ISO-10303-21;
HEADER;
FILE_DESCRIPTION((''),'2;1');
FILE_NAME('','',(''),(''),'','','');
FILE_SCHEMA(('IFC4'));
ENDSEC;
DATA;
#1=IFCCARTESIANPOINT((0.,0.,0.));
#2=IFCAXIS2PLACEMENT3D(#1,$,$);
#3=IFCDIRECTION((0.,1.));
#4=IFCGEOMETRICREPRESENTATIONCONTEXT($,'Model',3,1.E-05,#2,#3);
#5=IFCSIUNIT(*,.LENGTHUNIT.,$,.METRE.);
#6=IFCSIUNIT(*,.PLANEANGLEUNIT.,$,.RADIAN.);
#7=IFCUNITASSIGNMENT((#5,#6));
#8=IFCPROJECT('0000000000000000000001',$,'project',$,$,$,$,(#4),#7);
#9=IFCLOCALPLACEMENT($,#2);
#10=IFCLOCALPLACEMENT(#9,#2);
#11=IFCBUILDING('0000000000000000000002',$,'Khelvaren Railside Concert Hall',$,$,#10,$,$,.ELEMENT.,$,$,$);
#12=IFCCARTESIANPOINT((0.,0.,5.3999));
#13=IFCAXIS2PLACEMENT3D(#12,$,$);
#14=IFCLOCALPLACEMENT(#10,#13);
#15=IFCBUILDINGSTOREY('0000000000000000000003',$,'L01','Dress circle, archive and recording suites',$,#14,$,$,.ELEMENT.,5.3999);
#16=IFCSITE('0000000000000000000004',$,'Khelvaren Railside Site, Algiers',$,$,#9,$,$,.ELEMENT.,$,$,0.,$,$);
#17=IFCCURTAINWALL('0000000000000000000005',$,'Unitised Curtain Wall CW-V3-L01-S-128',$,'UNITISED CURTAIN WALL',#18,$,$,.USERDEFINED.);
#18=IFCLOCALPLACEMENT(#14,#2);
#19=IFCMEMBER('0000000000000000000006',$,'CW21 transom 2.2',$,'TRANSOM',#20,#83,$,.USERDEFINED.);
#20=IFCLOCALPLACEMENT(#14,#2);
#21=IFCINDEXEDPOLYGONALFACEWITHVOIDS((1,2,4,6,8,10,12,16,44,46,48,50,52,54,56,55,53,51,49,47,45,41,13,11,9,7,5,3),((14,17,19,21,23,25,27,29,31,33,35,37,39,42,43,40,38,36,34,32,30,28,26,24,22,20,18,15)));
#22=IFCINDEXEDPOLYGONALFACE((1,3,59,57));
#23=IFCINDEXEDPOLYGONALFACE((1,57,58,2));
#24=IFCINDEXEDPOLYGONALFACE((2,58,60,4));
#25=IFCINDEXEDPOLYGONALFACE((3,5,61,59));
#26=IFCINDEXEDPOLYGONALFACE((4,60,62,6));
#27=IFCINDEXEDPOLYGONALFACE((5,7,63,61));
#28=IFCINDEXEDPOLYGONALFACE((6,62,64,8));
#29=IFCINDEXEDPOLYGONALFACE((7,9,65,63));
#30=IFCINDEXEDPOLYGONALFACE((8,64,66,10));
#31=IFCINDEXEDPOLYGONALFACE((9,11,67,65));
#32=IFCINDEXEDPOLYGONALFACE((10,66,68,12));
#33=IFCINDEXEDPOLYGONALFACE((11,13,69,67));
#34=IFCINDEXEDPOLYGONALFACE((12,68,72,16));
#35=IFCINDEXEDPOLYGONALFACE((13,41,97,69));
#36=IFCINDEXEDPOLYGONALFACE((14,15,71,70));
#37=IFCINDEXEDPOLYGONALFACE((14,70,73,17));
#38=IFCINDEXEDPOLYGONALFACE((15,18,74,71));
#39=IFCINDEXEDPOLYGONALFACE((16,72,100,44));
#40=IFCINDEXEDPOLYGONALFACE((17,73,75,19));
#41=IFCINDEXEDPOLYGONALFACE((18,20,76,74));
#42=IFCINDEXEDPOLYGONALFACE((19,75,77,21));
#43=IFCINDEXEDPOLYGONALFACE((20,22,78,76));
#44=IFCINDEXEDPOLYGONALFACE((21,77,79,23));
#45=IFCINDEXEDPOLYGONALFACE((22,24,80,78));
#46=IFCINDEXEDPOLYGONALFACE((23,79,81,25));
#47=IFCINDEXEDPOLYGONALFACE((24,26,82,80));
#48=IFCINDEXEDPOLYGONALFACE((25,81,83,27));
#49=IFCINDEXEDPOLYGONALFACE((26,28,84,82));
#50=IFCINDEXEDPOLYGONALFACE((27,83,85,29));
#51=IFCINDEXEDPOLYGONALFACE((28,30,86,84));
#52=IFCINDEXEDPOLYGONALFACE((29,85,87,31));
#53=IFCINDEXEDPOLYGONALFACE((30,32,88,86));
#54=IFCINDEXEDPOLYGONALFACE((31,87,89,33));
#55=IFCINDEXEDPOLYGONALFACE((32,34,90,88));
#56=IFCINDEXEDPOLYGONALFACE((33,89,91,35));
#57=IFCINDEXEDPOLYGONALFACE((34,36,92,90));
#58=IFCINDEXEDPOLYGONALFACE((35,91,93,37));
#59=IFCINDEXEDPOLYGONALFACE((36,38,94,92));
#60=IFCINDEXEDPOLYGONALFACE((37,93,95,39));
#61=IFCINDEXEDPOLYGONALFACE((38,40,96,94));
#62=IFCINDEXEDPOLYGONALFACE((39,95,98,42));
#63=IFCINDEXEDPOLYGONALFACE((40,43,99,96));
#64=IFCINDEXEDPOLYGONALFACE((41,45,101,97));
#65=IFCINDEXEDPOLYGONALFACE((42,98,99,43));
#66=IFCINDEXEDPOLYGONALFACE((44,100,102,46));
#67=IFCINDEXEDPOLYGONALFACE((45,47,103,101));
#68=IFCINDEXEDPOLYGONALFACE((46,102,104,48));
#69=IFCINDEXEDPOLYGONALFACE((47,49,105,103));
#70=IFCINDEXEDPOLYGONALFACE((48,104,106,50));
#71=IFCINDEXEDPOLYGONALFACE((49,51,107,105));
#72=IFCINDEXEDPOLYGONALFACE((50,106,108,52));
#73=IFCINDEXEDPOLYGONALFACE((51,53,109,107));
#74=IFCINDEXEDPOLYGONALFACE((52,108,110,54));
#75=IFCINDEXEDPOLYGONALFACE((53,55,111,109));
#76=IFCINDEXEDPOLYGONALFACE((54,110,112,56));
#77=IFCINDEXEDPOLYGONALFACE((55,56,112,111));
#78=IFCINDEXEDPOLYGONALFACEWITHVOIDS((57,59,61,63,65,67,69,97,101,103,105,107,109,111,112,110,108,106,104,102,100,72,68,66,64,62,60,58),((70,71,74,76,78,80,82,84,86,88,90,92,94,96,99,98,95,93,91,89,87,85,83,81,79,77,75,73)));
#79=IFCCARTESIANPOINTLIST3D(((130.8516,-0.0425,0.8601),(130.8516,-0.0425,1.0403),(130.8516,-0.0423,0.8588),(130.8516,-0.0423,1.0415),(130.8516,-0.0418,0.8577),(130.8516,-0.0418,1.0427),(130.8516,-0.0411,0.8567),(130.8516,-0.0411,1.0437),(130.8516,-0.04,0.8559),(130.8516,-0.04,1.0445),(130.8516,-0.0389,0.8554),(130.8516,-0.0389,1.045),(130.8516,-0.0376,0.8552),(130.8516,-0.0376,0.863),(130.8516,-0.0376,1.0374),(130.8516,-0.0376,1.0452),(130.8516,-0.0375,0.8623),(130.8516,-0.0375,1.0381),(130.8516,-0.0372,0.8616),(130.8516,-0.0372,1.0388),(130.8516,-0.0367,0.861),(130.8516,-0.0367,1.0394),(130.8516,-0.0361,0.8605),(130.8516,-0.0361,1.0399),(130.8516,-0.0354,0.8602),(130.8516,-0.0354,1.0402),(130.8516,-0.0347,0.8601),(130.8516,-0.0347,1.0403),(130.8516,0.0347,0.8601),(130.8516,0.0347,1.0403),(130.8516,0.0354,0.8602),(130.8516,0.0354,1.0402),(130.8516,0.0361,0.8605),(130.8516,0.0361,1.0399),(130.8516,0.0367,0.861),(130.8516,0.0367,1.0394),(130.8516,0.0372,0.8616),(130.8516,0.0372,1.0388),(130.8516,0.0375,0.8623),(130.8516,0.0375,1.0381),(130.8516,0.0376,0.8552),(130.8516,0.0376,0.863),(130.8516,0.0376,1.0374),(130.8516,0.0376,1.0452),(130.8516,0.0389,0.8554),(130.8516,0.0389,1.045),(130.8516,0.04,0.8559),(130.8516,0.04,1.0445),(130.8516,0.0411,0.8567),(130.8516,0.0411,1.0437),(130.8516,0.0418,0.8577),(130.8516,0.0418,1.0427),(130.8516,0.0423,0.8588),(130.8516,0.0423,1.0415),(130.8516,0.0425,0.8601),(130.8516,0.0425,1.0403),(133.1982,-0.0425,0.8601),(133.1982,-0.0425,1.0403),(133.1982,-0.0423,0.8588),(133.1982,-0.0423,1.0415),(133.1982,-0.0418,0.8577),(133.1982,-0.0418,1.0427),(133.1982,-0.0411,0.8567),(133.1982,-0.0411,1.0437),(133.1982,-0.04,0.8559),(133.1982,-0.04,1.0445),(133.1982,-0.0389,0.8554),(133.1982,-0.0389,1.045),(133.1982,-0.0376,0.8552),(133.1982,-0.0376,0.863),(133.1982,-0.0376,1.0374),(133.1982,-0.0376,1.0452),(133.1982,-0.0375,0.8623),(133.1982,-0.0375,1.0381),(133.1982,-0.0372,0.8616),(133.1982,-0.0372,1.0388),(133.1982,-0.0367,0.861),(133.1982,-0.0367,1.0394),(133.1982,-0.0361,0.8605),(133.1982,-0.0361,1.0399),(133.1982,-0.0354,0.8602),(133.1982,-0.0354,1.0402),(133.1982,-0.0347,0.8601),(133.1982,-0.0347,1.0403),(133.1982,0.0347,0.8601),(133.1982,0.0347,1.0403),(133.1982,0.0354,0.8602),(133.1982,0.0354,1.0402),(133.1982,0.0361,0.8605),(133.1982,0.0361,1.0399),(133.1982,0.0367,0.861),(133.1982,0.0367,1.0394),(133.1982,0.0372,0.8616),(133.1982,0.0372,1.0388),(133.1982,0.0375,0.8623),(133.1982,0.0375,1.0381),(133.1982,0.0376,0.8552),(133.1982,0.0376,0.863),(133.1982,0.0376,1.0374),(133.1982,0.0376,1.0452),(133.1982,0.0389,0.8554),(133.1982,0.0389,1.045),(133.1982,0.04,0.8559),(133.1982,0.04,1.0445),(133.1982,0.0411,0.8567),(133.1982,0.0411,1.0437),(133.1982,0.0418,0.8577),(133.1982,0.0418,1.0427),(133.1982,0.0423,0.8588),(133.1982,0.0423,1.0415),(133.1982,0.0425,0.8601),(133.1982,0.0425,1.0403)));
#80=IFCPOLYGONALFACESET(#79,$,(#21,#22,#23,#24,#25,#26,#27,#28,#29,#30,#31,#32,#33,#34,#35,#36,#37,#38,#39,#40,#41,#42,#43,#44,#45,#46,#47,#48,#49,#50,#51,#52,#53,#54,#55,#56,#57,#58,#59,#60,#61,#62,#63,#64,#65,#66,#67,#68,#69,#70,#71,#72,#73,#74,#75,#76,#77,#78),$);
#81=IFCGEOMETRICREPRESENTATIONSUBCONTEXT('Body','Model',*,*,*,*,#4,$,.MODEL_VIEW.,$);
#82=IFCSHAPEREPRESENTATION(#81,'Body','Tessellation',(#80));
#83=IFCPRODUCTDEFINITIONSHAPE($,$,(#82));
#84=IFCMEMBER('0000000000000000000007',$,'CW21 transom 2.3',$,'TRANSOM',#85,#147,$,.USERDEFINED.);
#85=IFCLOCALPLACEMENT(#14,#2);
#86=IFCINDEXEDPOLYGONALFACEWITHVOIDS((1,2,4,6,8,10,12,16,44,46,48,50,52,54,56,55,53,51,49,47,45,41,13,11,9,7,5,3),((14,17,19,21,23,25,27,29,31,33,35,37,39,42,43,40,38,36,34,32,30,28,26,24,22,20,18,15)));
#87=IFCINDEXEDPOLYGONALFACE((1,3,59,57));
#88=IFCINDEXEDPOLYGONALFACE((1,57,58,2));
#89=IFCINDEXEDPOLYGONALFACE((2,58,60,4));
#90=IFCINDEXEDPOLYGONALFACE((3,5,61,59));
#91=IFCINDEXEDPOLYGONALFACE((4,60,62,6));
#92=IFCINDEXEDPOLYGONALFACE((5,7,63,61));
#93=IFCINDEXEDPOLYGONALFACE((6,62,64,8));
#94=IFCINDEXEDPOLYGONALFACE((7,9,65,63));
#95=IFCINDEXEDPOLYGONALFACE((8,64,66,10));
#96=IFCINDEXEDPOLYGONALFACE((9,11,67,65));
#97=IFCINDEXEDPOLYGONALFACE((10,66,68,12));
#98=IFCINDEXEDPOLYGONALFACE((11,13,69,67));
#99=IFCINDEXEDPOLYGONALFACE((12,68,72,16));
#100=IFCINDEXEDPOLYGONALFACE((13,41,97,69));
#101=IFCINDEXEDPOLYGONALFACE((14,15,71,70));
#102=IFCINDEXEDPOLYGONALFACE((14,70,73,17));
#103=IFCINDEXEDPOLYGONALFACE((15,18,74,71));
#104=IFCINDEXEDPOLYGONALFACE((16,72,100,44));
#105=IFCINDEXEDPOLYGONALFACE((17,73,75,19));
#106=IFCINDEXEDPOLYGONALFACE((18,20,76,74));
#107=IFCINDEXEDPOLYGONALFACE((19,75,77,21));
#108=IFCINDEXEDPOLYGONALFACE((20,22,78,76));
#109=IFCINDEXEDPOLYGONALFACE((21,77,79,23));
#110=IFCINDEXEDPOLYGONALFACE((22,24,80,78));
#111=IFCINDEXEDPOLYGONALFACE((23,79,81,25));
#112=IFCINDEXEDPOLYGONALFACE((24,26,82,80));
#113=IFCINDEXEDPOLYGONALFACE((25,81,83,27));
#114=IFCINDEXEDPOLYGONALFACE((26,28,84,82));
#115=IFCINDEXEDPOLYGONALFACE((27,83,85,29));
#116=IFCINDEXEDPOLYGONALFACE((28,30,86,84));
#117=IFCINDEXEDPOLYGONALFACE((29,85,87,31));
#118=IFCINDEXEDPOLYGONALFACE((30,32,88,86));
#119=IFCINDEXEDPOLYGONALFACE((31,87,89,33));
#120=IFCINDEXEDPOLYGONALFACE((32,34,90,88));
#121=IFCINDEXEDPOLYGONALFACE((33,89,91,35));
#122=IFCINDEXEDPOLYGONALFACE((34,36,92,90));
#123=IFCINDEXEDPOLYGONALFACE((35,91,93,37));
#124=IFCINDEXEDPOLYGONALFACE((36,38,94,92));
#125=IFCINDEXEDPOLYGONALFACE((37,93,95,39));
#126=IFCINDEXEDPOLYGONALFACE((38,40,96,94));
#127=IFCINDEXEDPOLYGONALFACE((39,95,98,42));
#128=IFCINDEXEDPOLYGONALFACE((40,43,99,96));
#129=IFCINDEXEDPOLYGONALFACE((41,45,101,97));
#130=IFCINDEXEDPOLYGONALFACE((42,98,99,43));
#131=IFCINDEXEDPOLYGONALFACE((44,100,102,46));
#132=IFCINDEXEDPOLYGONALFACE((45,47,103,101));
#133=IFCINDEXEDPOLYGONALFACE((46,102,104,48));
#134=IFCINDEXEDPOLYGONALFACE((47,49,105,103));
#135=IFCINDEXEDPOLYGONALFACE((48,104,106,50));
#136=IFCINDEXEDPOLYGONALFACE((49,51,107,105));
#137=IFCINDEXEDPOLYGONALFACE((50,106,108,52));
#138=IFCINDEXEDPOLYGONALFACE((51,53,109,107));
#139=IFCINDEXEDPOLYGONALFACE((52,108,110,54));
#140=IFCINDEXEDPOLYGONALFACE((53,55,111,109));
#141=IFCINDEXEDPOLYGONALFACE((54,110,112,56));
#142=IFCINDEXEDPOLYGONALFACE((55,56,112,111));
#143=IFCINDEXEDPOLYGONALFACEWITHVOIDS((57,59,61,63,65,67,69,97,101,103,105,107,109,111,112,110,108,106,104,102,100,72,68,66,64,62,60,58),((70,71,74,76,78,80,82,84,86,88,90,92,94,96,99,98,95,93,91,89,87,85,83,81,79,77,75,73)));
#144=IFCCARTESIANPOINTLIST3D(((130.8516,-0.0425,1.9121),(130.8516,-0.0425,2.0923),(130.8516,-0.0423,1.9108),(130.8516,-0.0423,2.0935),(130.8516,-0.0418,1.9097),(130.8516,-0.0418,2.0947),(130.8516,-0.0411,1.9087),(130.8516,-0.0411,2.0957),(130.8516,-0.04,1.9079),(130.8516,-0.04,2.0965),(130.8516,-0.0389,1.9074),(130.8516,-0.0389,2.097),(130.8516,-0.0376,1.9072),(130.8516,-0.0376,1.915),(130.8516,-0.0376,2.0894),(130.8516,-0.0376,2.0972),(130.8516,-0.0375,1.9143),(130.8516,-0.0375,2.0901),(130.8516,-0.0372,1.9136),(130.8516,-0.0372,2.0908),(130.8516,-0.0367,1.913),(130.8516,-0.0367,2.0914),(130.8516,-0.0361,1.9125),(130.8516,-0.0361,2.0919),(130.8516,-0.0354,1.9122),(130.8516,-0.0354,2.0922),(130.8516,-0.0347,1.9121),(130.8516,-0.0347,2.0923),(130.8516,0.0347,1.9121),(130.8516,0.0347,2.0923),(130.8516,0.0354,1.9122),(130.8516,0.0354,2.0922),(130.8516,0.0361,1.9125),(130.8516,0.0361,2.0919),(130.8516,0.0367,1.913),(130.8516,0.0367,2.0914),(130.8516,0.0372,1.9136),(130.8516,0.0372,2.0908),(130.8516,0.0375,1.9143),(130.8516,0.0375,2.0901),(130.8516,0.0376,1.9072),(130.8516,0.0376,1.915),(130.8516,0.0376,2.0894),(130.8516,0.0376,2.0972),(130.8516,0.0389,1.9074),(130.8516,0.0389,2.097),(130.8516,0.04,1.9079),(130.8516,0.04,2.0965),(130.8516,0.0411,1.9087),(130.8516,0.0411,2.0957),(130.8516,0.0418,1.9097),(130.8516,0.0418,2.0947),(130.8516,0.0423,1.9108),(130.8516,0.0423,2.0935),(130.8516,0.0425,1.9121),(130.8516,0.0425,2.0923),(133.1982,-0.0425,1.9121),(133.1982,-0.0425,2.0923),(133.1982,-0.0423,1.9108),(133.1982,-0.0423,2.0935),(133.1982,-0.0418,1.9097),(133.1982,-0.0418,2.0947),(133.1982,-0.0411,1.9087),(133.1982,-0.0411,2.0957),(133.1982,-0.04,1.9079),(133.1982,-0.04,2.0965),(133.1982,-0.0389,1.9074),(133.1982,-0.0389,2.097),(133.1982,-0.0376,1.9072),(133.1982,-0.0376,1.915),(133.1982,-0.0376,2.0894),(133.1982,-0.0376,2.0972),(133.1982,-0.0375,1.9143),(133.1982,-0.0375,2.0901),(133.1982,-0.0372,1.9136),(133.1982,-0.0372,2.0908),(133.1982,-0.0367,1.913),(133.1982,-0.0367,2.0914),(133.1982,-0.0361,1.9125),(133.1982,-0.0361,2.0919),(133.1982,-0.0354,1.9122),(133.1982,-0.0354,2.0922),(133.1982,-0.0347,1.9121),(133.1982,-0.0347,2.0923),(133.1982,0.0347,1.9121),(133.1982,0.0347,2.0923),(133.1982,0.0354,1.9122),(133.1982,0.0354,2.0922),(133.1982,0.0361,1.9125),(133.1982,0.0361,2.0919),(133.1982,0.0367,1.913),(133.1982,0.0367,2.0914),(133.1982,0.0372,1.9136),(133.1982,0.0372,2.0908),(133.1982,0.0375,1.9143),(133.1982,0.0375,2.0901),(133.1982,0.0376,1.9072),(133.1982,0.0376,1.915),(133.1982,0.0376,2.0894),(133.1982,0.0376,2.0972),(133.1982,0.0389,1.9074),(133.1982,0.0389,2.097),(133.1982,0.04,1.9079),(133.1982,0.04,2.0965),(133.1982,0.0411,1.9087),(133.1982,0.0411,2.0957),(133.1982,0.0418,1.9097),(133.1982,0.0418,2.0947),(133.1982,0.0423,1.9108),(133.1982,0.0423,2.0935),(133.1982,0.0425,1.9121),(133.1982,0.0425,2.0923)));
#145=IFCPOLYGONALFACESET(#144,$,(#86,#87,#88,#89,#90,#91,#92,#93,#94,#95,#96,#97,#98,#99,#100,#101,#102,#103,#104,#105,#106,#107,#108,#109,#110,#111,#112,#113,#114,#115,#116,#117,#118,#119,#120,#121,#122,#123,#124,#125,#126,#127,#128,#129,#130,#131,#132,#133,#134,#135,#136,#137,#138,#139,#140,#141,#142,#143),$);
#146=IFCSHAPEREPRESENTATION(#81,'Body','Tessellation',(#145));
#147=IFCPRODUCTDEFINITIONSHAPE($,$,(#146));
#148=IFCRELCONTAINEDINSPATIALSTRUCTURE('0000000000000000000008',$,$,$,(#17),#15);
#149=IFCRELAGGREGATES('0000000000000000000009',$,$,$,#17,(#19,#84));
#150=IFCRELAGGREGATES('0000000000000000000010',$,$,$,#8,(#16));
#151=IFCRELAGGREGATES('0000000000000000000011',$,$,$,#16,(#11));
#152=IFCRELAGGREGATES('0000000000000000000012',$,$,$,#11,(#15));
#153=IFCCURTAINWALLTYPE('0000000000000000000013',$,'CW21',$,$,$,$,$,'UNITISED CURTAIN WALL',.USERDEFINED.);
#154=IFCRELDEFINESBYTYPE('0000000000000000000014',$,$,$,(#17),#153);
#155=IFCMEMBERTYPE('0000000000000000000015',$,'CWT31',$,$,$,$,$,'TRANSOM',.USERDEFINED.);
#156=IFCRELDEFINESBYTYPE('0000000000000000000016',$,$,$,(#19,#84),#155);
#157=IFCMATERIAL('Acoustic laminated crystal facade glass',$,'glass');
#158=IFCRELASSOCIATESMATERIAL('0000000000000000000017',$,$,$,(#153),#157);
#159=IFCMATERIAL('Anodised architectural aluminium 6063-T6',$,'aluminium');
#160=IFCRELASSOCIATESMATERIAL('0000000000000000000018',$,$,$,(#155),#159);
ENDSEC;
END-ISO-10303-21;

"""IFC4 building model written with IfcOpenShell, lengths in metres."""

from ifc_helpers import new_model, si_unit, direction, frame, origin, origin_2d, place, context, subcontext, project, spatial, hollow_rectangle, extrude, material, material_profile, profile_set, type_object, element, aggregate, save


model = new_model("IFC4")

# Units and contexts
model_context = context("Model", 3, precision=1e-05, world=origin(), true_north=direction((0.0, 1.0)))
body_context = subcontext(model_context, "Body", "Model", "MODEL_VIEW")
ifc_project = project(units=[si_unit("LENGTHUNIT", "METRE"), si_unit("PLANEANGLEUNIT", "RADIAN")], contexts=[model_context])

# Site, building, storey
site_placement = place(None, origin())
site = spatial("IfcSite", under=ifc_project, at=site_placement, Name="Khelvaren Railside Site, Algiers", CompositionType="ELEMENT", RefElevation=0.0)
building_placement = place(site_placement, origin())
building = spatial("IfcBuilding", under=site, at=building_placement, Name="Khelvaren Railside Concert Hall", CompositionType="ELEMENT")
storey_placement = place(building_placement, frame((0.0, 0.0, 5.3999)))
storey = spatial("IfcBuildingStorey", under=building, at=storey_placement, Name="L01", Description="Dress circle, archive and recording suites", CompositionType="ELEMENT", Elevation=5.3999)

# Curtain wall, members
ifc_material_1 = material(Name="Acoustic laminated crystal facade glass", Category="glass")
curtain_wall_type = type_object("IfcCurtainWallType", Name="CW21", ElementType="UNITISED CURTAIN WALL", PredefinedType="USERDEFINED", material=ifc_material_1)
curtain_wall_placement = place(storey_placement, origin())
curtain_wall = element("IfcCurtainWall", 1, at=curtain_wall_placement, inside=storey, type_object=curtain_wall_type, Name="Unitised Curtain Wall CW-V3-L01-S-128", ObjectType="UNITISED CURTAIN WALL", PredefinedType="USERDEFINED")
ifc_material_2 = material(Name="Anodised architectural aluminium 6063-T6", Category="aluminium")
ifc_material_profile_1 = material_profile(ifc_material_2, hollow_rectangle(XDim=0.085, YDim=0.1899, WallThickness=0.0049, InnerFilletRadius=0.0029, OuterFilletRadius=0.0049, at=origin_2d()), Name="CWT 85x190x5")
ifc_profile_set_1 = profile_set([ifc_material_profile_1], Name="Anodised architectural aluminium 6063-T6")
member_type_1 = type_object("IfcMemberType", Name="CWT31", ElementType="TRANSOM", PredefinedType="USERDEFINED", material=ifc_profile_set_1)
member_1_placement = place(storey_placement, frame((133.1982, 0.0, 0.9502), z_axis=(-1.0, 0.0, 0.0), x_axis=(0.0, -1.0, 0.0)))
member_1 = element("IfcMember", 2, at=member_1_placement, type_object=member_type_1, Name="CW21 transom 2.2", ObjectType="TRANSOM", PredefinedType="USERDEFINED", context=body_context, shape_type="SweptSolid", body=[
    extrude(hollow_rectangle(XDim=0.085, YDim=0.1899, WallThickness=0.0049, InnerFilletRadius=0.0029, OuterFilletRadius=0.0049, at=origin_2d()), origin(), (0.0, 0.0, 1.0), 2.3467),
])
member_2_placement = place(storey_placement, frame((133.1982, 0.0, 2.0022), z_axis=(-1.0, 0.0, 0.0), x_axis=(0.0, -1.0, 0.0)))
member_2 = element("IfcMember", 3, at=member_2_placement, type_object=member_type_1, Name="CW21 transom 2.3", ObjectType="TRANSOM", PredefinedType="USERDEFINED", context=body_context, shape_type="SweptSolid", body=[
    extrude(hollow_rectangle(XDim=0.085, YDim=0.1899, WallThickness=0.0049, InnerFilletRadius=0.0029, OuterFilletRadius=0.0049, at=origin_2d()), origin(), (0.0, 0.0, 1.0), 2.3467),
])

aggregate(curtain_wall, [member_1, member_2])

save(model, "model.ifc")
